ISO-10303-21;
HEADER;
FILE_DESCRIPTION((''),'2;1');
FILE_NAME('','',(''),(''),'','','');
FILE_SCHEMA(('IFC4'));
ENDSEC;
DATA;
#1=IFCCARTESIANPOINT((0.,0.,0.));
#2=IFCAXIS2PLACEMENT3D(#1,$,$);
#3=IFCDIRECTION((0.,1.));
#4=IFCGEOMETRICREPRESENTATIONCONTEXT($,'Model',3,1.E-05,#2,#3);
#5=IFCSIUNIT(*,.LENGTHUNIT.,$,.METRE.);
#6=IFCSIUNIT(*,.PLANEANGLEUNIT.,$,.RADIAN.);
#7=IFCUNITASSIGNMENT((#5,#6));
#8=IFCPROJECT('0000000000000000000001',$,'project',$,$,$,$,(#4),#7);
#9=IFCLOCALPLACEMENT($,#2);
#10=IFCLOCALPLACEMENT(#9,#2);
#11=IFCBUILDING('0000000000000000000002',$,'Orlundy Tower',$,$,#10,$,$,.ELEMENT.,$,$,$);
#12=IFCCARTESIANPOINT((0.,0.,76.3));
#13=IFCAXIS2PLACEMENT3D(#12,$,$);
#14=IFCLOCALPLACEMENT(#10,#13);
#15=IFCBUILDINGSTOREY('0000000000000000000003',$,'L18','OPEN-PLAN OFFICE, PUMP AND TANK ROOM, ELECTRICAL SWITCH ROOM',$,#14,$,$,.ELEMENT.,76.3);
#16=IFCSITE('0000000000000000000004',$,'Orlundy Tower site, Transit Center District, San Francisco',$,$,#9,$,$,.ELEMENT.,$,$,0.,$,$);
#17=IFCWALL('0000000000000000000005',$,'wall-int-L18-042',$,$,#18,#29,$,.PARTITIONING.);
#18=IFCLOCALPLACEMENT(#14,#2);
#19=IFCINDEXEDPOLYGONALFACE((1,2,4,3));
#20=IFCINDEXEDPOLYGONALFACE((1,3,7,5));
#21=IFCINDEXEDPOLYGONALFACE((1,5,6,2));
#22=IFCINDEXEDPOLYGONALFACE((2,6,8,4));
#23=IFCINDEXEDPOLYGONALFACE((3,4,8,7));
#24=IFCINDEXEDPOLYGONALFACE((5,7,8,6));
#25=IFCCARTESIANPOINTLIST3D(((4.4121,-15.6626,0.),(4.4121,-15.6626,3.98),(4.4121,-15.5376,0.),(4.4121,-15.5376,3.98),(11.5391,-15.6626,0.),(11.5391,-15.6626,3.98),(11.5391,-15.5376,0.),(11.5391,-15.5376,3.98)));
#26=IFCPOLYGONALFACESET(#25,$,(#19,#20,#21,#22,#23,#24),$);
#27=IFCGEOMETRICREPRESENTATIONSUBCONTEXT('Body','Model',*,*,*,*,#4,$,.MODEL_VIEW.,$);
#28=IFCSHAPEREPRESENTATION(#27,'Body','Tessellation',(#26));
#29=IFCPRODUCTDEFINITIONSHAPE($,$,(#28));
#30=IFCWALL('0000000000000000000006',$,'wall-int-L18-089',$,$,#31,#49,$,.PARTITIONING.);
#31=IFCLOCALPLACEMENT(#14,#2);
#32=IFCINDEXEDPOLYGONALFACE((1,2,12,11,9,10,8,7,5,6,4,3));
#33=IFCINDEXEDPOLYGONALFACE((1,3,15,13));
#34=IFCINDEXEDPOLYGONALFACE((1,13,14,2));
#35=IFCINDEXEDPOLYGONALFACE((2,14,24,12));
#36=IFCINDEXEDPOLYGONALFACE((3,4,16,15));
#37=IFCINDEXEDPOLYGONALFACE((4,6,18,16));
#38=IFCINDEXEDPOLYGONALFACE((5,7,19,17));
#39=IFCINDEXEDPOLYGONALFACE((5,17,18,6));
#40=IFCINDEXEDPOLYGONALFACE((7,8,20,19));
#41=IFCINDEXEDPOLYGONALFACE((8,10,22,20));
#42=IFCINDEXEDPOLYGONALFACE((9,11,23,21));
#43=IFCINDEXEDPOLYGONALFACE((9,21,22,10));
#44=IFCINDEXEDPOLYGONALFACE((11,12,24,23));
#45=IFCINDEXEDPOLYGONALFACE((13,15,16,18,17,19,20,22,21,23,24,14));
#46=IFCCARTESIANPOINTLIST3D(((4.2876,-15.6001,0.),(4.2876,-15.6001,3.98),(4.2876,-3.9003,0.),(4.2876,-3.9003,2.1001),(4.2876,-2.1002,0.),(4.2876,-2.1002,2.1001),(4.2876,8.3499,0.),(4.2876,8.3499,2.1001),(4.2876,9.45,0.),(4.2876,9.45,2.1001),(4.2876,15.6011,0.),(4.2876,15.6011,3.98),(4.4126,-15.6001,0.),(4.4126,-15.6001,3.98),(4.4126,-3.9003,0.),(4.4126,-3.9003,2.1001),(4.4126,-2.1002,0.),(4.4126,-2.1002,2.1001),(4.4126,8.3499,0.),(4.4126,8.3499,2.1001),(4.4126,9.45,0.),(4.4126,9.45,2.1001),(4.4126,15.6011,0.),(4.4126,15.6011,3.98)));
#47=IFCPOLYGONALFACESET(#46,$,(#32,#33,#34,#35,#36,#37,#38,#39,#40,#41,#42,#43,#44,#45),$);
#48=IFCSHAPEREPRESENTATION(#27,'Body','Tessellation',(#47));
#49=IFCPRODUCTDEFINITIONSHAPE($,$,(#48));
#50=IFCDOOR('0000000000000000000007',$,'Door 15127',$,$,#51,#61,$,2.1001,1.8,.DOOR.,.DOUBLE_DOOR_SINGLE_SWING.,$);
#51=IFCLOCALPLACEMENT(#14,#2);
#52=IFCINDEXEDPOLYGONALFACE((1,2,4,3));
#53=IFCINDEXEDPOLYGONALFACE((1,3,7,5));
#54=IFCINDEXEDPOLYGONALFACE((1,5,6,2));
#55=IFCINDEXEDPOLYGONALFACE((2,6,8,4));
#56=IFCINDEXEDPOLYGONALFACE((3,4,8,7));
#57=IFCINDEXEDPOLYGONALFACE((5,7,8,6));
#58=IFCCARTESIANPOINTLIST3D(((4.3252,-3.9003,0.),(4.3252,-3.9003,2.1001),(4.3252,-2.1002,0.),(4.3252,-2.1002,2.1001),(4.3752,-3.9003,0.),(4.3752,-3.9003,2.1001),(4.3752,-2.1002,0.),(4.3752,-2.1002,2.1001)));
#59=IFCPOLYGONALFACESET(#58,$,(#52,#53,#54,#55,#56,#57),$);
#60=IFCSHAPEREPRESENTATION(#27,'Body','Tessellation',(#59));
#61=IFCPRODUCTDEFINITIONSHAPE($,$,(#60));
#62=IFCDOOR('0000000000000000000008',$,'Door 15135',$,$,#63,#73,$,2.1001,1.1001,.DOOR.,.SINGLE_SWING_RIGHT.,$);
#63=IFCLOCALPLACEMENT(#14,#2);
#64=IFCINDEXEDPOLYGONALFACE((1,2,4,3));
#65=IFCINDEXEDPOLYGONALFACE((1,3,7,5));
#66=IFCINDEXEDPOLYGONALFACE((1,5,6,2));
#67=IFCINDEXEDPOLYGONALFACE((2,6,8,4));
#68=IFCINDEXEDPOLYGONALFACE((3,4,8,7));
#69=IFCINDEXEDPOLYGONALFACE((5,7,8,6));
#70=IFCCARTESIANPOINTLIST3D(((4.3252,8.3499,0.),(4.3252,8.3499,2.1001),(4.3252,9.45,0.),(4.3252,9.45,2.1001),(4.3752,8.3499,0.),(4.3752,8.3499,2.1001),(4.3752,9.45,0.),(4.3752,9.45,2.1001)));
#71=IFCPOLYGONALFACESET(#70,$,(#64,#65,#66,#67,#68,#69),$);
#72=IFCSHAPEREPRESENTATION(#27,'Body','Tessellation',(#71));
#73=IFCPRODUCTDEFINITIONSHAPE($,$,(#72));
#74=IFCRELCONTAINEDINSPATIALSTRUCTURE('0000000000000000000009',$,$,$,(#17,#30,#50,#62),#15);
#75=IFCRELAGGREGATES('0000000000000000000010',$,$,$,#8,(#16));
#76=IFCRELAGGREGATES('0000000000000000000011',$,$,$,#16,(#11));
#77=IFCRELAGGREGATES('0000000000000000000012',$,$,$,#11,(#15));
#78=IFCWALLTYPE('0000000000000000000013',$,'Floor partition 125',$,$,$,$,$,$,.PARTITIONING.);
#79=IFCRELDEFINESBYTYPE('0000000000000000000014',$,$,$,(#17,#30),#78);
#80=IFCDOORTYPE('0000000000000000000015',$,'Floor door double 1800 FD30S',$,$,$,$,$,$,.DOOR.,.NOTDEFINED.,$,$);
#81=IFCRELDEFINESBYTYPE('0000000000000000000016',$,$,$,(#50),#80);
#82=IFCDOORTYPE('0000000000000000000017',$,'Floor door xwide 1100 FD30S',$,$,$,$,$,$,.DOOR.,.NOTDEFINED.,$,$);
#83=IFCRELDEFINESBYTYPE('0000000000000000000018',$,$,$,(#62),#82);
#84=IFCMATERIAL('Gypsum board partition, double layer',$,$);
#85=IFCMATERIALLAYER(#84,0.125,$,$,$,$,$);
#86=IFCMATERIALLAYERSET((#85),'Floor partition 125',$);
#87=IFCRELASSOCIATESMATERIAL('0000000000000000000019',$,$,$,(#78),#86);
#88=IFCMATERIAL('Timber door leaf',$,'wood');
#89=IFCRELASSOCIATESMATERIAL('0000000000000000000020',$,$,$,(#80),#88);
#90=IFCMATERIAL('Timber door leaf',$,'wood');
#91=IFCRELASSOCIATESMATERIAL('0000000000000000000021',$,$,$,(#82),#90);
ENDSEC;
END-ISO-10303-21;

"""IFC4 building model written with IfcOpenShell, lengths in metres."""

from ifc_helpers import new_model, si_unit, direction, frame, frame_2d, origin, place, context, subcontext, project, spatial, rectangle, extrude, material, layer, layer_set, type_object, element, fill, save


model = new_model("IFC4")

# Units and contexts
model_context = context("Model", 3, precision=1e-05, world=origin(), true_north=direction((0.0, 1.0)))
body_context = subcontext(model_context, "Body", "Model", "MODEL_VIEW")
ifc_project = project(units=[si_unit("LENGTHUNIT", "METRE"), si_unit("PLANEANGLEUNIT", "RADIAN")], contexts=[model_context])

# Site, building, storey
site_placement = place(None, origin())
site = spatial("IfcSite", under=ifc_project, at=site_placement, Name="Orlundy Tower site, Transit Center District, San Francisco", CompositionType="ELEMENT", RefElevation=0.0)
building_placement = place(site_placement, origin())
building = spatial("IfcBuilding", under=site, at=building_placement, Name="Orlundy Tower", CompositionType="ELEMENT")
storey_placement = place(building_placement, frame((0.0, 0.0, 76.3)))
storey = spatial("IfcBuildingStorey", under=building, at=storey_placement, Name="L18", Description="OPEN-PLAN OFFICE, PUMP AND TANK ROOM, ELECTRICAL SWITCH ROOM", CompositionType="ELEMENT", Elevation=76.3)

# Wall
ifc_material_1 = material(Name="Gypsum board partition, double layer")
ifc_layer_1 = layer(ifc_material_1, 0.125)
ifc_layer_set_1 = layer_set([ifc_layer_1], Name="Floor partition 125")
wall_type_1 = type_object("IfcWallType", Name="Floor partition 125", PredefinedType="PARTITIONING", material=ifc_layer_set_1)
wall_1_placement = place(storey_placement, frame((4.4121, -15.6001, 0.0), z_axis=(0.0, 0.0, 1.0), x_axis=(1.0, 0.0, 0.0)))
element("IfcWall", 1, at=wall_1_placement, inside=storey, type_object=wall_type_1, Name="wall-int-L18-042", PredefinedType="PARTITIONING", context=body_context, shape_type="SweptSolid", body=[
    extrude(rectangle(XDim=7.127, YDim=0.125, at=frame_2d((3.5635, 0.0))), origin(), (0.0, 0.0, 1.0), 3.98),
])

# Wall, openings, doors
wall_2_placement = place(storey_placement, frame((4.3501, -15.6001, 0.0), z_axis=(0.0, 0.0, 1.0), x_axis=(0.0, 1.0, 0.0)))
wall_2 = element("IfcWall", 2, at=wall_2_placement, inside=storey, type_object=wall_type_1, Name="wall-int-L18-089", PredefinedType="PARTITIONING", context=body_context, shape_type="SweptSolid", body=[
    extrude(rectangle(XDim=31.2012, YDim=0.125, at=frame_2d((15.6006, 0.0))), origin(), (0.0, 0.0, 1.0), 3.98),
])
opening_1_placement = place(wall_2_placement, frame((11.7, 0.0, 0.0)))
opening_1 = element("IfcOpeningElement", 3, at=opening_1_placement, cuts=wall_2, PredefinedType="OPENING", context=body_context, shape_type="SweptSolid", body=[
    extrude(rectangle(XDim=1.8, YDim=2.1001, at=frame_2d((0.8999, 1.05))), frame((0.0, 0.0725, 0.0), z_axis=(0.0, -1.0, 0.0), x_axis=(1.0, 0.0, 0.0)), (0.0, 0.0, 1.0), 0.145),
])
opening_2_placement = place(wall_2_placement, frame((23.95, 0.0, 0.0)))
opening_2 = element("IfcOpeningElement", 4, at=opening_2_placement, cuts=wall_2, PredefinedType="OPENING", context=body_context, shape_type="SweptSolid", body=[
    extrude(rectangle(XDim=1.1001, YDim=2.1001, at=frame_2d((0.55, 1.05))), frame((0.0, 0.0725, 0.0), z_axis=(0.0, -1.0, 0.0), x_axis=(1.0, 0.0, 0.0)), (0.0, 0.0, 1.0), 0.145),
])
ifc_material_2 = material(Name="Timber door leaf", Category="wood")
door_type_1 = type_object("IfcDoorType", Name="Floor door double 1800 FD30S", OperationType="NOTDEFINED", PredefinedType="DOOR", material=ifc_material_2)
door_1_placement = place(opening_1_placement, origin())
door_1 = element("IfcDoor", 5, at=door_1_placement, inside=storey, type_object=door_type_1, Name="Door 15127", OperationType="DOUBLE_DOOR_SINGLE_SWING", OverallHeight=2.1001, OverallWidth=1.8, PredefinedType="DOOR", context=body_context, shape_type="SweptSolid", body=[
    extrude(rectangle(XDim=1.8, YDim=2.1001, at=frame_2d((0.8999, 1.05))), frame((0.0, 0.0249, 0.0), z_axis=(0.0, -1.0, 0.0), x_axis=(1.0, 0.0, 0.0)), (0.0, 0.0, 1.0), 0.05),
])
fill(opening_1, door_1)
ifc_material_3 = material(Name="Timber door leaf", Category="wood")
door_type_2 = type_object("IfcDoorType", Name="Floor door xwide 1100 FD30S", OperationType="NOTDEFINED", PredefinedType="DOOR", material=ifc_material_3)
door_2_placement = place(opening_2_placement, origin())
door_2 = element("IfcDoor", 6, at=door_2_placement, inside=storey, type_object=door_type_2, Name="Door 15135", OperationType="SINGLE_SWING_RIGHT", OverallHeight=2.1001, OverallWidth=1.1001, PredefinedType="DOOR", context=body_context, shape_type="SweptSolid", body=[
    extrude(rectangle(XDim=1.1001, YDim=2.1001, at=frame_2d((0.55, 1.05))), frame((0.0, 0.0249, 0.0), z_axis=(0.0, -1.0, 0.0), x_axis=(1.0, 0.0, 0.0)), (0.0, 0.0, 1.0), 0.05),
])
fill(opening_2, door_2)

save(model, "model.ifc")
